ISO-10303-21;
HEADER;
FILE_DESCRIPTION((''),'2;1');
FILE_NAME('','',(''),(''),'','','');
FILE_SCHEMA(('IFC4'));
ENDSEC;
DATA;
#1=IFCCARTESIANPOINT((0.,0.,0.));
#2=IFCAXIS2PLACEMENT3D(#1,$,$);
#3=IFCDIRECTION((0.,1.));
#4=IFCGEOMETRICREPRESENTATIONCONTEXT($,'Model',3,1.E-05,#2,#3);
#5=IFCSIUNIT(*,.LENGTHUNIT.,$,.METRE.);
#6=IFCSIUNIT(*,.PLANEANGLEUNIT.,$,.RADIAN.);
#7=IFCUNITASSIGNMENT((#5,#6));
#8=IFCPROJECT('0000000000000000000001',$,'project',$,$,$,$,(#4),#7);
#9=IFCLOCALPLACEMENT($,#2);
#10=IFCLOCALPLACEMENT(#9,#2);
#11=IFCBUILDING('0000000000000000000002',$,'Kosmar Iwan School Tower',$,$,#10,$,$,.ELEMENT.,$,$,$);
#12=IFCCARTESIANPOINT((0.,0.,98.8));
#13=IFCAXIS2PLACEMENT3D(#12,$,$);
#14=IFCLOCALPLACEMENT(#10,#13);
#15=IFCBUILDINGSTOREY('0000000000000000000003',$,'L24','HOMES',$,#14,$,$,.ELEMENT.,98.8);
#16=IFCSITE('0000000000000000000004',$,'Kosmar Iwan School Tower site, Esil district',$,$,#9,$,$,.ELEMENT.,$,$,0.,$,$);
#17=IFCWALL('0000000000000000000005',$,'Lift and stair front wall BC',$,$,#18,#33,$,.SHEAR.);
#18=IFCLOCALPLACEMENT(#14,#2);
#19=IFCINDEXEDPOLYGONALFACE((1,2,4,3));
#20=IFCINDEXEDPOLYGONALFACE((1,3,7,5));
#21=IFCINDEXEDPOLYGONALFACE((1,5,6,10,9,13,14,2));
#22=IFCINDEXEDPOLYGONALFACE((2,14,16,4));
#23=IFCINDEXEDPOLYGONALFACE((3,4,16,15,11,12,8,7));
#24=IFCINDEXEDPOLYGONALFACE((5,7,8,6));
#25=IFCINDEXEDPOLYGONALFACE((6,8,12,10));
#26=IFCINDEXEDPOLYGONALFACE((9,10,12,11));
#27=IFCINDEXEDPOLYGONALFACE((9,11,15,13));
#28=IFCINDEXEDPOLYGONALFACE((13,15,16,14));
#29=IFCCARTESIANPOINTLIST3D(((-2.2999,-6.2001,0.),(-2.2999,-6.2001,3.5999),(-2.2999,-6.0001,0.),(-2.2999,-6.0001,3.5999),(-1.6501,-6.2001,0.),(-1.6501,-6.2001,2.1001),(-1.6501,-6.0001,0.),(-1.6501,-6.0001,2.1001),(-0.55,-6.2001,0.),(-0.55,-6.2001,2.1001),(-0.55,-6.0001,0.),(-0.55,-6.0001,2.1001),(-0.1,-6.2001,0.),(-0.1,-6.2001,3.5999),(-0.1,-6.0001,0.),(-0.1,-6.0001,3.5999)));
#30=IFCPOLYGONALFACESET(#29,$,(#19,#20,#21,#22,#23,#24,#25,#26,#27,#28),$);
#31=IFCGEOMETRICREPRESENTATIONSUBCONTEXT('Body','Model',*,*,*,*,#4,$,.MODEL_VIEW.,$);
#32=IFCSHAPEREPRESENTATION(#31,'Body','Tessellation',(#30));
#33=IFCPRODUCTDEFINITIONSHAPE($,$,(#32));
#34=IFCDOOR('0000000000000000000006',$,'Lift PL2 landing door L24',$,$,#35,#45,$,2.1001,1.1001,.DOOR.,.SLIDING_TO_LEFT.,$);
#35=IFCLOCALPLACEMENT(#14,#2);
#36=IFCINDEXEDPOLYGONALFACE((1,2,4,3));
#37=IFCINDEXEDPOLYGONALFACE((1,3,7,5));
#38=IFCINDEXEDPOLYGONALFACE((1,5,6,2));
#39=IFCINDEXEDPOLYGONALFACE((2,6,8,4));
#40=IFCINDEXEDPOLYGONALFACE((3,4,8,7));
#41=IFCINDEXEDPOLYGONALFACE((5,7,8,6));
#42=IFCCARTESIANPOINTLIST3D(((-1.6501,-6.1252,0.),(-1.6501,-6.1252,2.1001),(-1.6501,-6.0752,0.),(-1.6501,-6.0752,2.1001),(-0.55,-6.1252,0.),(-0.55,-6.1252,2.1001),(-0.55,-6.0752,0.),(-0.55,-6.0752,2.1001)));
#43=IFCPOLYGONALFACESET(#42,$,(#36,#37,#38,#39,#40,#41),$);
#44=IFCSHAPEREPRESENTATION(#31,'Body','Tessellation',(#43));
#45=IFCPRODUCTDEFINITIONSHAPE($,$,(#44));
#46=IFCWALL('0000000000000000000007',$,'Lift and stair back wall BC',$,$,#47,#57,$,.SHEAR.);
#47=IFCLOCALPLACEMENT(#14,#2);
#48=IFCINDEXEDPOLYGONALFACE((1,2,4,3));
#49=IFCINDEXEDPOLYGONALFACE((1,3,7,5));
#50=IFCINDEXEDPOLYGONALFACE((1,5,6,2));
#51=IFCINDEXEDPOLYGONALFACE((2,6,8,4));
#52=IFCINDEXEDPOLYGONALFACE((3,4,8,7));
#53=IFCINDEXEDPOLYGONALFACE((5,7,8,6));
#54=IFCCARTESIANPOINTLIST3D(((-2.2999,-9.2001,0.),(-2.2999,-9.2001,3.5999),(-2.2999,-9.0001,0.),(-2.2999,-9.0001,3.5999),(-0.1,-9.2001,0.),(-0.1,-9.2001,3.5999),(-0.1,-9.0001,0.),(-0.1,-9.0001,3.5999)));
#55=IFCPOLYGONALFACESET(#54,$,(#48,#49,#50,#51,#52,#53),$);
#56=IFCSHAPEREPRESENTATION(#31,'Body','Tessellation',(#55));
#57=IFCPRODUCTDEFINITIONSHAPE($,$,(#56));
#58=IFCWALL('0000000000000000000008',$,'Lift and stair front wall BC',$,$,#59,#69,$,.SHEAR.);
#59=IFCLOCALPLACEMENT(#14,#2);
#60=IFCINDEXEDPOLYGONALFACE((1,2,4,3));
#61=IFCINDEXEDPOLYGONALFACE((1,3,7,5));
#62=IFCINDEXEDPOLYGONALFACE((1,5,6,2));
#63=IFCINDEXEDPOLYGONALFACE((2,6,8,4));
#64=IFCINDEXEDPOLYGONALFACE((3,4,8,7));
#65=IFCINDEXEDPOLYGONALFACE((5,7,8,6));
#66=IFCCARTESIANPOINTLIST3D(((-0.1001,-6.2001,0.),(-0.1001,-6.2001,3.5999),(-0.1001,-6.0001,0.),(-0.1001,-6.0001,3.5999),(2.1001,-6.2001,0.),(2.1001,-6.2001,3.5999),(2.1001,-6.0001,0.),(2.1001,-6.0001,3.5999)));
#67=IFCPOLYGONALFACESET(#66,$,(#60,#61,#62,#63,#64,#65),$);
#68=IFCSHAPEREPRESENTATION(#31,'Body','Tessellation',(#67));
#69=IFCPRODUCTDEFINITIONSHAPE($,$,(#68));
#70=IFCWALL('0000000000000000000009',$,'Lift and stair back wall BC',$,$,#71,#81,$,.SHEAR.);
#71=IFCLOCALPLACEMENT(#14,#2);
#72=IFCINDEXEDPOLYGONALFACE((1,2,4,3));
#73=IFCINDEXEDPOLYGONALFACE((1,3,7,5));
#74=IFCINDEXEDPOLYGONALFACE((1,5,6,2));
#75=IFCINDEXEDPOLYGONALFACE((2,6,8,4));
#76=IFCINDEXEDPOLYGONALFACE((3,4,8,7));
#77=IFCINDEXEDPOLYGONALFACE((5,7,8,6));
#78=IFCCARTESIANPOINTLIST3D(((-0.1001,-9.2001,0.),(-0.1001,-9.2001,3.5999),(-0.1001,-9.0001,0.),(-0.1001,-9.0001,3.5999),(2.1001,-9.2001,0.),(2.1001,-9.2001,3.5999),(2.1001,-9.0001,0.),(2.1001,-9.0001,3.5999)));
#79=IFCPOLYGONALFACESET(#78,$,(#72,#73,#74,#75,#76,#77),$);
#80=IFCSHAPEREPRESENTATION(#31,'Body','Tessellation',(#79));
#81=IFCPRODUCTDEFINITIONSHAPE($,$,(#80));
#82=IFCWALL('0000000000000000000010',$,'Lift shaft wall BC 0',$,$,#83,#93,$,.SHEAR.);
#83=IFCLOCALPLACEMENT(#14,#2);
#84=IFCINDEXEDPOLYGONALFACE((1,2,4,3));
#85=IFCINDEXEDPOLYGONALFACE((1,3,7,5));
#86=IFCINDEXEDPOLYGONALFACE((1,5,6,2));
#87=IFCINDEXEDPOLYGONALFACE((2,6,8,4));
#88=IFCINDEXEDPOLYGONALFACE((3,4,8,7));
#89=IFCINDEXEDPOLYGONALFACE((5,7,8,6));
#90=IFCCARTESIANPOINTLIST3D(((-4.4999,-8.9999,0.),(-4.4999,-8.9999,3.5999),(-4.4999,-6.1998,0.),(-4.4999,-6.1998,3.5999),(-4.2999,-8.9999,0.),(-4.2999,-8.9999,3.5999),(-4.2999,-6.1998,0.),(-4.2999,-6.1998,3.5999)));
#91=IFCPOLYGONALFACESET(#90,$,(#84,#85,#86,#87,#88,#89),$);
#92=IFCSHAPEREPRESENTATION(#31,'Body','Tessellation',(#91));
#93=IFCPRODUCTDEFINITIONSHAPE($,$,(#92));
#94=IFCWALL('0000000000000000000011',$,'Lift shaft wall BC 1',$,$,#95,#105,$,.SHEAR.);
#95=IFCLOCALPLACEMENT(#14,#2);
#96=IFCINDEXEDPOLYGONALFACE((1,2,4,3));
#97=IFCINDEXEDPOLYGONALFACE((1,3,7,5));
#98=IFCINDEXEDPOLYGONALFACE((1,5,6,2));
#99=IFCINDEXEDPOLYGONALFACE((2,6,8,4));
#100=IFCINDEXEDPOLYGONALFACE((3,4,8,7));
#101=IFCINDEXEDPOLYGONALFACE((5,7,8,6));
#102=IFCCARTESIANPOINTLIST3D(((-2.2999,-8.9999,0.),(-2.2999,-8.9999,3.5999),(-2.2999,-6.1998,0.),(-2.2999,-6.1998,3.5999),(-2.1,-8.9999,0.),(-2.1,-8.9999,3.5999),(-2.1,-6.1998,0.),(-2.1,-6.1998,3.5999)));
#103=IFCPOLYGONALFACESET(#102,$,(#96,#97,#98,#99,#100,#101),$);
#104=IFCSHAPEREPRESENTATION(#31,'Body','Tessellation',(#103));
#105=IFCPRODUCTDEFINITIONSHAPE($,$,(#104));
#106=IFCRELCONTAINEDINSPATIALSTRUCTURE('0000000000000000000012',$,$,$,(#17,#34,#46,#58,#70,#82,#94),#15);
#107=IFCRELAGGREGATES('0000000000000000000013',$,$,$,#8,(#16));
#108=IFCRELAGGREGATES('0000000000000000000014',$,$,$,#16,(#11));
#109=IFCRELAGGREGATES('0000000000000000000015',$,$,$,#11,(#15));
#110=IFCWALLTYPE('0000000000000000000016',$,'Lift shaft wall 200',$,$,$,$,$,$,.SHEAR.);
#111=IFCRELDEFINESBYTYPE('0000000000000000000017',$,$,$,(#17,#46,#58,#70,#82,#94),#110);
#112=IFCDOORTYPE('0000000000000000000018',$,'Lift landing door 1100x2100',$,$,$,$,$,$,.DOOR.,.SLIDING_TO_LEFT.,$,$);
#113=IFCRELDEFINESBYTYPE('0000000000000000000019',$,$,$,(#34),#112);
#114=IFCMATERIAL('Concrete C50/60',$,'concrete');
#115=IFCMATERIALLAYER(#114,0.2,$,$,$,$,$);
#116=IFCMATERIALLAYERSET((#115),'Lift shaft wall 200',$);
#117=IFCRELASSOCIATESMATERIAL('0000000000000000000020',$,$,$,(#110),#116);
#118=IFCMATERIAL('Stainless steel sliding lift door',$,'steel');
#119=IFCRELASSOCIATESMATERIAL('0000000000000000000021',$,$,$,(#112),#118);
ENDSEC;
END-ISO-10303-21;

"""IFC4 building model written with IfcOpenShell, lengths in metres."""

from ifc_helpers import new_model, si_unit, direction, frame, frame_2d, origin, place, context, subcontext, project, spatial, rectangle, extrude, material, layer, layer_set, type_object, element, fill, save


model = new_model("IFC4")

# Units and contexts
model_context = context("Model", 3, precision=1e-05, world=origin(), true_north=direction((0.0, 1.0)))
body_context = subcontext(model_context, "Body", "Model", "MODEL_VIEW")
ifc_project = project(units=[si_unit("LENGTHUNIT", "METRE"), si_unit("PLANEANGLEUNIT", "RADIAN")], contexts=[model_context])

# Site, building, storey
site_placement = place(None, origin())
site = spatial("IfcSite", under=ifc_project, at=site_placement, Name="Kosmar Iwan School Tower site, Esil district", CompositionType="ELEMENT", RefElevation=0.0)
building_placement = place(site_placement, origin())
building = spatial("IfcBuilding", under=site, at=building_placement, Name="Kosmar Iwan School Tower", CompositionType="ELEMENT")
storey_placement = place(building_placement, frame((0.0, 0.0, 98.8)))
storey = spatial("IfcBuildingStorey", under=building, at=storey_placement, Name="L24", Description="HOMES", CompositionType="ELEMENT", Elevation=98.8)

# Shared definitions
ifc_material_1 = material(Name="Concrete C50/60", Category="concrete")
ifc_layer_1 = layer(ifc_material_1, 0.2)
ifc_layer_set_1 = layer_set([ifc_layer_1], Name="Lift shaft wall 200")
wall_type_1 = type_object("IfcWallType", Name="Lift shaft wall 200", PredefinedType="SHEAR", material=ifc_layer_set_1)
ifc_material_2 = material(Name="Stainless steel sliding lift door", Category="steel")
door_type_1 = type_object("IfcDoorType", Name="Lift landing door 1100x2100", OperationType="SLIDING_TO_LEFT", PredefinedType="DOOR", material=ifc_material_2)

# Wall, opening, door
wall_1_placement = place(storey_placement, frame((-2.3, -6.1001, 0.0), z_axis=(0.0, 0.0, 1.0), x_axis=(1.0, 0.0, 0.0)))
wall_1 = element("IfcWall", 1, at=wall_1_placement, inside=storey, type_object=wall_type_1, Name="Lift and stair front wall BC", PredefinedType="SHEAR", context=body_context, shape_type="SweptSolid", body=[
    extrude(rectangle(XDim=2.2, YDim=0.2, at=frame_2d((1.1001, 0.0))), origin(), (0.0, 0.0, 1.0), 3.5999),
])
opening_1_placement = place(wall_1_placement, frame((0.6499, 0.0, 0.0)))
opening_1 = element("IfcOpeningElement", 2, at=opening_1_placement, cuts=wall_1, PredefinedType="OPENING", context=body_context, shape_type="SweptSolid", body=[
    extrude(rectangle(XDim=1.1001, YDim=2.1001, at=frame_2d((0.55, 1.05))), frame((0.0, 0.1121, 0.0), z_axis=(0.0, -1.0, 0.0), x_axis=(1.0, 0.0, 0.0)), (0.0, 0.0, 1.0), 0.2239),
])
door_1_placement = place(opening_1_placement, origin())
door_1 = element("IfcDoor", 3, at=door_1_placement, inside=storey, type_object=door_type_1, Name="Lift PL2 landing door L24", OperationType="SLIDING_TO_LEFT", OverallHeight=2.1001, OverallWidth=1.1001, PredefinedType="DOOR", context=body_context, shape_type="SweptSolid", body=[
    extrude(rectangle(XDim=1.1001, YDim=2.1001, at=frame_2d((0.55, 1.05))), frame((0.0, 0.0249, 0.0), z_axis=(0.0, -1.0, 0.0), x_axis=(1.0, 0.0, 0.0)), (0.0, 0.0, 1.0), 0.05),
])
fill(opening_1, door_1)

# Walls
wall_2_placement = place(storey_placement, frame((-2.3, -9.1001, 0.0), z_axis=(0.0, 0.0, 1.0), x_axis=(1.0, 0.0, 0.0)))
element("IfcWall", 4, at=wall_2_placement, inside=storey, type_object=wall_type_1, Name="Lift and stair back wall BC", PredefinedType="SHEAR", context=body_context, shape_type="SweptSolid", body=[
    extrude(rectangle(XDim=2.2, YDim=0.2, at=frame_2d((1.1001, 0.0))), origin(), (0.0, 0.0, 1.0), 3.5999),
])
for number, where, z_axis, x_axis, name in (
    (5, (-0.1001, -6.1001, 0.0), (0.0, 0.0, 1.0), (1.0, 0.0, 0.0), "Lift and stair front wall BC"),
    (6, (-0.1001, -9.1001, 0.0), (0.0, 0.0, 1.0), (1.0, 0.0, 0.0), "Lift and stair back wall BC"),
):
    element("IfcWall", number, at=place(storey_placement, frame(where, z_axis=z_axis, x_axis=x_axis)), inside=storey, type_object=wall_type_1, Name=name, PredefinedType="SHEAR", context=body_context, shape_type="SweptSolid", body=[
        extrude(rectangle(XDim=2.2002, YDim=0.2, at=frame_2d((1.1001, 0.0))), origin(), (0.0, 0.0, 1.0), 3.5999),
    ])
for number, where, z_axis, x_axis, name in (
    (7, (-4.3999, -6.2, 0.0), (0.0, 0.0, 1.0), (0.0, -1.0, 0.0), "Lift shaft wall BC 0"),
    (8, (-2.2, -6.2, 0.0), (0.0, 0.0, 1.0), (0.0, -1.0, 0.0), "Lift shaft wall BC 1"),
):
    element("IfcWall", number, at=place(storey_placement, frame(where, z_axis=z_axis, x_axis=x_axis)), inside=storey, type_object=wall_type_1, Name=name, PredefinedType="SHEAR", context=body_context, shape_type="SweptSolid", body=[
        extrude(rectangle(XDim=2.8, YDim=0.2, at=frame_2d((1.3999, 0.0))), origin(), (0.0, 0.0, 1.0), 3.5999),
    ])

save(model, "model.ifc")
